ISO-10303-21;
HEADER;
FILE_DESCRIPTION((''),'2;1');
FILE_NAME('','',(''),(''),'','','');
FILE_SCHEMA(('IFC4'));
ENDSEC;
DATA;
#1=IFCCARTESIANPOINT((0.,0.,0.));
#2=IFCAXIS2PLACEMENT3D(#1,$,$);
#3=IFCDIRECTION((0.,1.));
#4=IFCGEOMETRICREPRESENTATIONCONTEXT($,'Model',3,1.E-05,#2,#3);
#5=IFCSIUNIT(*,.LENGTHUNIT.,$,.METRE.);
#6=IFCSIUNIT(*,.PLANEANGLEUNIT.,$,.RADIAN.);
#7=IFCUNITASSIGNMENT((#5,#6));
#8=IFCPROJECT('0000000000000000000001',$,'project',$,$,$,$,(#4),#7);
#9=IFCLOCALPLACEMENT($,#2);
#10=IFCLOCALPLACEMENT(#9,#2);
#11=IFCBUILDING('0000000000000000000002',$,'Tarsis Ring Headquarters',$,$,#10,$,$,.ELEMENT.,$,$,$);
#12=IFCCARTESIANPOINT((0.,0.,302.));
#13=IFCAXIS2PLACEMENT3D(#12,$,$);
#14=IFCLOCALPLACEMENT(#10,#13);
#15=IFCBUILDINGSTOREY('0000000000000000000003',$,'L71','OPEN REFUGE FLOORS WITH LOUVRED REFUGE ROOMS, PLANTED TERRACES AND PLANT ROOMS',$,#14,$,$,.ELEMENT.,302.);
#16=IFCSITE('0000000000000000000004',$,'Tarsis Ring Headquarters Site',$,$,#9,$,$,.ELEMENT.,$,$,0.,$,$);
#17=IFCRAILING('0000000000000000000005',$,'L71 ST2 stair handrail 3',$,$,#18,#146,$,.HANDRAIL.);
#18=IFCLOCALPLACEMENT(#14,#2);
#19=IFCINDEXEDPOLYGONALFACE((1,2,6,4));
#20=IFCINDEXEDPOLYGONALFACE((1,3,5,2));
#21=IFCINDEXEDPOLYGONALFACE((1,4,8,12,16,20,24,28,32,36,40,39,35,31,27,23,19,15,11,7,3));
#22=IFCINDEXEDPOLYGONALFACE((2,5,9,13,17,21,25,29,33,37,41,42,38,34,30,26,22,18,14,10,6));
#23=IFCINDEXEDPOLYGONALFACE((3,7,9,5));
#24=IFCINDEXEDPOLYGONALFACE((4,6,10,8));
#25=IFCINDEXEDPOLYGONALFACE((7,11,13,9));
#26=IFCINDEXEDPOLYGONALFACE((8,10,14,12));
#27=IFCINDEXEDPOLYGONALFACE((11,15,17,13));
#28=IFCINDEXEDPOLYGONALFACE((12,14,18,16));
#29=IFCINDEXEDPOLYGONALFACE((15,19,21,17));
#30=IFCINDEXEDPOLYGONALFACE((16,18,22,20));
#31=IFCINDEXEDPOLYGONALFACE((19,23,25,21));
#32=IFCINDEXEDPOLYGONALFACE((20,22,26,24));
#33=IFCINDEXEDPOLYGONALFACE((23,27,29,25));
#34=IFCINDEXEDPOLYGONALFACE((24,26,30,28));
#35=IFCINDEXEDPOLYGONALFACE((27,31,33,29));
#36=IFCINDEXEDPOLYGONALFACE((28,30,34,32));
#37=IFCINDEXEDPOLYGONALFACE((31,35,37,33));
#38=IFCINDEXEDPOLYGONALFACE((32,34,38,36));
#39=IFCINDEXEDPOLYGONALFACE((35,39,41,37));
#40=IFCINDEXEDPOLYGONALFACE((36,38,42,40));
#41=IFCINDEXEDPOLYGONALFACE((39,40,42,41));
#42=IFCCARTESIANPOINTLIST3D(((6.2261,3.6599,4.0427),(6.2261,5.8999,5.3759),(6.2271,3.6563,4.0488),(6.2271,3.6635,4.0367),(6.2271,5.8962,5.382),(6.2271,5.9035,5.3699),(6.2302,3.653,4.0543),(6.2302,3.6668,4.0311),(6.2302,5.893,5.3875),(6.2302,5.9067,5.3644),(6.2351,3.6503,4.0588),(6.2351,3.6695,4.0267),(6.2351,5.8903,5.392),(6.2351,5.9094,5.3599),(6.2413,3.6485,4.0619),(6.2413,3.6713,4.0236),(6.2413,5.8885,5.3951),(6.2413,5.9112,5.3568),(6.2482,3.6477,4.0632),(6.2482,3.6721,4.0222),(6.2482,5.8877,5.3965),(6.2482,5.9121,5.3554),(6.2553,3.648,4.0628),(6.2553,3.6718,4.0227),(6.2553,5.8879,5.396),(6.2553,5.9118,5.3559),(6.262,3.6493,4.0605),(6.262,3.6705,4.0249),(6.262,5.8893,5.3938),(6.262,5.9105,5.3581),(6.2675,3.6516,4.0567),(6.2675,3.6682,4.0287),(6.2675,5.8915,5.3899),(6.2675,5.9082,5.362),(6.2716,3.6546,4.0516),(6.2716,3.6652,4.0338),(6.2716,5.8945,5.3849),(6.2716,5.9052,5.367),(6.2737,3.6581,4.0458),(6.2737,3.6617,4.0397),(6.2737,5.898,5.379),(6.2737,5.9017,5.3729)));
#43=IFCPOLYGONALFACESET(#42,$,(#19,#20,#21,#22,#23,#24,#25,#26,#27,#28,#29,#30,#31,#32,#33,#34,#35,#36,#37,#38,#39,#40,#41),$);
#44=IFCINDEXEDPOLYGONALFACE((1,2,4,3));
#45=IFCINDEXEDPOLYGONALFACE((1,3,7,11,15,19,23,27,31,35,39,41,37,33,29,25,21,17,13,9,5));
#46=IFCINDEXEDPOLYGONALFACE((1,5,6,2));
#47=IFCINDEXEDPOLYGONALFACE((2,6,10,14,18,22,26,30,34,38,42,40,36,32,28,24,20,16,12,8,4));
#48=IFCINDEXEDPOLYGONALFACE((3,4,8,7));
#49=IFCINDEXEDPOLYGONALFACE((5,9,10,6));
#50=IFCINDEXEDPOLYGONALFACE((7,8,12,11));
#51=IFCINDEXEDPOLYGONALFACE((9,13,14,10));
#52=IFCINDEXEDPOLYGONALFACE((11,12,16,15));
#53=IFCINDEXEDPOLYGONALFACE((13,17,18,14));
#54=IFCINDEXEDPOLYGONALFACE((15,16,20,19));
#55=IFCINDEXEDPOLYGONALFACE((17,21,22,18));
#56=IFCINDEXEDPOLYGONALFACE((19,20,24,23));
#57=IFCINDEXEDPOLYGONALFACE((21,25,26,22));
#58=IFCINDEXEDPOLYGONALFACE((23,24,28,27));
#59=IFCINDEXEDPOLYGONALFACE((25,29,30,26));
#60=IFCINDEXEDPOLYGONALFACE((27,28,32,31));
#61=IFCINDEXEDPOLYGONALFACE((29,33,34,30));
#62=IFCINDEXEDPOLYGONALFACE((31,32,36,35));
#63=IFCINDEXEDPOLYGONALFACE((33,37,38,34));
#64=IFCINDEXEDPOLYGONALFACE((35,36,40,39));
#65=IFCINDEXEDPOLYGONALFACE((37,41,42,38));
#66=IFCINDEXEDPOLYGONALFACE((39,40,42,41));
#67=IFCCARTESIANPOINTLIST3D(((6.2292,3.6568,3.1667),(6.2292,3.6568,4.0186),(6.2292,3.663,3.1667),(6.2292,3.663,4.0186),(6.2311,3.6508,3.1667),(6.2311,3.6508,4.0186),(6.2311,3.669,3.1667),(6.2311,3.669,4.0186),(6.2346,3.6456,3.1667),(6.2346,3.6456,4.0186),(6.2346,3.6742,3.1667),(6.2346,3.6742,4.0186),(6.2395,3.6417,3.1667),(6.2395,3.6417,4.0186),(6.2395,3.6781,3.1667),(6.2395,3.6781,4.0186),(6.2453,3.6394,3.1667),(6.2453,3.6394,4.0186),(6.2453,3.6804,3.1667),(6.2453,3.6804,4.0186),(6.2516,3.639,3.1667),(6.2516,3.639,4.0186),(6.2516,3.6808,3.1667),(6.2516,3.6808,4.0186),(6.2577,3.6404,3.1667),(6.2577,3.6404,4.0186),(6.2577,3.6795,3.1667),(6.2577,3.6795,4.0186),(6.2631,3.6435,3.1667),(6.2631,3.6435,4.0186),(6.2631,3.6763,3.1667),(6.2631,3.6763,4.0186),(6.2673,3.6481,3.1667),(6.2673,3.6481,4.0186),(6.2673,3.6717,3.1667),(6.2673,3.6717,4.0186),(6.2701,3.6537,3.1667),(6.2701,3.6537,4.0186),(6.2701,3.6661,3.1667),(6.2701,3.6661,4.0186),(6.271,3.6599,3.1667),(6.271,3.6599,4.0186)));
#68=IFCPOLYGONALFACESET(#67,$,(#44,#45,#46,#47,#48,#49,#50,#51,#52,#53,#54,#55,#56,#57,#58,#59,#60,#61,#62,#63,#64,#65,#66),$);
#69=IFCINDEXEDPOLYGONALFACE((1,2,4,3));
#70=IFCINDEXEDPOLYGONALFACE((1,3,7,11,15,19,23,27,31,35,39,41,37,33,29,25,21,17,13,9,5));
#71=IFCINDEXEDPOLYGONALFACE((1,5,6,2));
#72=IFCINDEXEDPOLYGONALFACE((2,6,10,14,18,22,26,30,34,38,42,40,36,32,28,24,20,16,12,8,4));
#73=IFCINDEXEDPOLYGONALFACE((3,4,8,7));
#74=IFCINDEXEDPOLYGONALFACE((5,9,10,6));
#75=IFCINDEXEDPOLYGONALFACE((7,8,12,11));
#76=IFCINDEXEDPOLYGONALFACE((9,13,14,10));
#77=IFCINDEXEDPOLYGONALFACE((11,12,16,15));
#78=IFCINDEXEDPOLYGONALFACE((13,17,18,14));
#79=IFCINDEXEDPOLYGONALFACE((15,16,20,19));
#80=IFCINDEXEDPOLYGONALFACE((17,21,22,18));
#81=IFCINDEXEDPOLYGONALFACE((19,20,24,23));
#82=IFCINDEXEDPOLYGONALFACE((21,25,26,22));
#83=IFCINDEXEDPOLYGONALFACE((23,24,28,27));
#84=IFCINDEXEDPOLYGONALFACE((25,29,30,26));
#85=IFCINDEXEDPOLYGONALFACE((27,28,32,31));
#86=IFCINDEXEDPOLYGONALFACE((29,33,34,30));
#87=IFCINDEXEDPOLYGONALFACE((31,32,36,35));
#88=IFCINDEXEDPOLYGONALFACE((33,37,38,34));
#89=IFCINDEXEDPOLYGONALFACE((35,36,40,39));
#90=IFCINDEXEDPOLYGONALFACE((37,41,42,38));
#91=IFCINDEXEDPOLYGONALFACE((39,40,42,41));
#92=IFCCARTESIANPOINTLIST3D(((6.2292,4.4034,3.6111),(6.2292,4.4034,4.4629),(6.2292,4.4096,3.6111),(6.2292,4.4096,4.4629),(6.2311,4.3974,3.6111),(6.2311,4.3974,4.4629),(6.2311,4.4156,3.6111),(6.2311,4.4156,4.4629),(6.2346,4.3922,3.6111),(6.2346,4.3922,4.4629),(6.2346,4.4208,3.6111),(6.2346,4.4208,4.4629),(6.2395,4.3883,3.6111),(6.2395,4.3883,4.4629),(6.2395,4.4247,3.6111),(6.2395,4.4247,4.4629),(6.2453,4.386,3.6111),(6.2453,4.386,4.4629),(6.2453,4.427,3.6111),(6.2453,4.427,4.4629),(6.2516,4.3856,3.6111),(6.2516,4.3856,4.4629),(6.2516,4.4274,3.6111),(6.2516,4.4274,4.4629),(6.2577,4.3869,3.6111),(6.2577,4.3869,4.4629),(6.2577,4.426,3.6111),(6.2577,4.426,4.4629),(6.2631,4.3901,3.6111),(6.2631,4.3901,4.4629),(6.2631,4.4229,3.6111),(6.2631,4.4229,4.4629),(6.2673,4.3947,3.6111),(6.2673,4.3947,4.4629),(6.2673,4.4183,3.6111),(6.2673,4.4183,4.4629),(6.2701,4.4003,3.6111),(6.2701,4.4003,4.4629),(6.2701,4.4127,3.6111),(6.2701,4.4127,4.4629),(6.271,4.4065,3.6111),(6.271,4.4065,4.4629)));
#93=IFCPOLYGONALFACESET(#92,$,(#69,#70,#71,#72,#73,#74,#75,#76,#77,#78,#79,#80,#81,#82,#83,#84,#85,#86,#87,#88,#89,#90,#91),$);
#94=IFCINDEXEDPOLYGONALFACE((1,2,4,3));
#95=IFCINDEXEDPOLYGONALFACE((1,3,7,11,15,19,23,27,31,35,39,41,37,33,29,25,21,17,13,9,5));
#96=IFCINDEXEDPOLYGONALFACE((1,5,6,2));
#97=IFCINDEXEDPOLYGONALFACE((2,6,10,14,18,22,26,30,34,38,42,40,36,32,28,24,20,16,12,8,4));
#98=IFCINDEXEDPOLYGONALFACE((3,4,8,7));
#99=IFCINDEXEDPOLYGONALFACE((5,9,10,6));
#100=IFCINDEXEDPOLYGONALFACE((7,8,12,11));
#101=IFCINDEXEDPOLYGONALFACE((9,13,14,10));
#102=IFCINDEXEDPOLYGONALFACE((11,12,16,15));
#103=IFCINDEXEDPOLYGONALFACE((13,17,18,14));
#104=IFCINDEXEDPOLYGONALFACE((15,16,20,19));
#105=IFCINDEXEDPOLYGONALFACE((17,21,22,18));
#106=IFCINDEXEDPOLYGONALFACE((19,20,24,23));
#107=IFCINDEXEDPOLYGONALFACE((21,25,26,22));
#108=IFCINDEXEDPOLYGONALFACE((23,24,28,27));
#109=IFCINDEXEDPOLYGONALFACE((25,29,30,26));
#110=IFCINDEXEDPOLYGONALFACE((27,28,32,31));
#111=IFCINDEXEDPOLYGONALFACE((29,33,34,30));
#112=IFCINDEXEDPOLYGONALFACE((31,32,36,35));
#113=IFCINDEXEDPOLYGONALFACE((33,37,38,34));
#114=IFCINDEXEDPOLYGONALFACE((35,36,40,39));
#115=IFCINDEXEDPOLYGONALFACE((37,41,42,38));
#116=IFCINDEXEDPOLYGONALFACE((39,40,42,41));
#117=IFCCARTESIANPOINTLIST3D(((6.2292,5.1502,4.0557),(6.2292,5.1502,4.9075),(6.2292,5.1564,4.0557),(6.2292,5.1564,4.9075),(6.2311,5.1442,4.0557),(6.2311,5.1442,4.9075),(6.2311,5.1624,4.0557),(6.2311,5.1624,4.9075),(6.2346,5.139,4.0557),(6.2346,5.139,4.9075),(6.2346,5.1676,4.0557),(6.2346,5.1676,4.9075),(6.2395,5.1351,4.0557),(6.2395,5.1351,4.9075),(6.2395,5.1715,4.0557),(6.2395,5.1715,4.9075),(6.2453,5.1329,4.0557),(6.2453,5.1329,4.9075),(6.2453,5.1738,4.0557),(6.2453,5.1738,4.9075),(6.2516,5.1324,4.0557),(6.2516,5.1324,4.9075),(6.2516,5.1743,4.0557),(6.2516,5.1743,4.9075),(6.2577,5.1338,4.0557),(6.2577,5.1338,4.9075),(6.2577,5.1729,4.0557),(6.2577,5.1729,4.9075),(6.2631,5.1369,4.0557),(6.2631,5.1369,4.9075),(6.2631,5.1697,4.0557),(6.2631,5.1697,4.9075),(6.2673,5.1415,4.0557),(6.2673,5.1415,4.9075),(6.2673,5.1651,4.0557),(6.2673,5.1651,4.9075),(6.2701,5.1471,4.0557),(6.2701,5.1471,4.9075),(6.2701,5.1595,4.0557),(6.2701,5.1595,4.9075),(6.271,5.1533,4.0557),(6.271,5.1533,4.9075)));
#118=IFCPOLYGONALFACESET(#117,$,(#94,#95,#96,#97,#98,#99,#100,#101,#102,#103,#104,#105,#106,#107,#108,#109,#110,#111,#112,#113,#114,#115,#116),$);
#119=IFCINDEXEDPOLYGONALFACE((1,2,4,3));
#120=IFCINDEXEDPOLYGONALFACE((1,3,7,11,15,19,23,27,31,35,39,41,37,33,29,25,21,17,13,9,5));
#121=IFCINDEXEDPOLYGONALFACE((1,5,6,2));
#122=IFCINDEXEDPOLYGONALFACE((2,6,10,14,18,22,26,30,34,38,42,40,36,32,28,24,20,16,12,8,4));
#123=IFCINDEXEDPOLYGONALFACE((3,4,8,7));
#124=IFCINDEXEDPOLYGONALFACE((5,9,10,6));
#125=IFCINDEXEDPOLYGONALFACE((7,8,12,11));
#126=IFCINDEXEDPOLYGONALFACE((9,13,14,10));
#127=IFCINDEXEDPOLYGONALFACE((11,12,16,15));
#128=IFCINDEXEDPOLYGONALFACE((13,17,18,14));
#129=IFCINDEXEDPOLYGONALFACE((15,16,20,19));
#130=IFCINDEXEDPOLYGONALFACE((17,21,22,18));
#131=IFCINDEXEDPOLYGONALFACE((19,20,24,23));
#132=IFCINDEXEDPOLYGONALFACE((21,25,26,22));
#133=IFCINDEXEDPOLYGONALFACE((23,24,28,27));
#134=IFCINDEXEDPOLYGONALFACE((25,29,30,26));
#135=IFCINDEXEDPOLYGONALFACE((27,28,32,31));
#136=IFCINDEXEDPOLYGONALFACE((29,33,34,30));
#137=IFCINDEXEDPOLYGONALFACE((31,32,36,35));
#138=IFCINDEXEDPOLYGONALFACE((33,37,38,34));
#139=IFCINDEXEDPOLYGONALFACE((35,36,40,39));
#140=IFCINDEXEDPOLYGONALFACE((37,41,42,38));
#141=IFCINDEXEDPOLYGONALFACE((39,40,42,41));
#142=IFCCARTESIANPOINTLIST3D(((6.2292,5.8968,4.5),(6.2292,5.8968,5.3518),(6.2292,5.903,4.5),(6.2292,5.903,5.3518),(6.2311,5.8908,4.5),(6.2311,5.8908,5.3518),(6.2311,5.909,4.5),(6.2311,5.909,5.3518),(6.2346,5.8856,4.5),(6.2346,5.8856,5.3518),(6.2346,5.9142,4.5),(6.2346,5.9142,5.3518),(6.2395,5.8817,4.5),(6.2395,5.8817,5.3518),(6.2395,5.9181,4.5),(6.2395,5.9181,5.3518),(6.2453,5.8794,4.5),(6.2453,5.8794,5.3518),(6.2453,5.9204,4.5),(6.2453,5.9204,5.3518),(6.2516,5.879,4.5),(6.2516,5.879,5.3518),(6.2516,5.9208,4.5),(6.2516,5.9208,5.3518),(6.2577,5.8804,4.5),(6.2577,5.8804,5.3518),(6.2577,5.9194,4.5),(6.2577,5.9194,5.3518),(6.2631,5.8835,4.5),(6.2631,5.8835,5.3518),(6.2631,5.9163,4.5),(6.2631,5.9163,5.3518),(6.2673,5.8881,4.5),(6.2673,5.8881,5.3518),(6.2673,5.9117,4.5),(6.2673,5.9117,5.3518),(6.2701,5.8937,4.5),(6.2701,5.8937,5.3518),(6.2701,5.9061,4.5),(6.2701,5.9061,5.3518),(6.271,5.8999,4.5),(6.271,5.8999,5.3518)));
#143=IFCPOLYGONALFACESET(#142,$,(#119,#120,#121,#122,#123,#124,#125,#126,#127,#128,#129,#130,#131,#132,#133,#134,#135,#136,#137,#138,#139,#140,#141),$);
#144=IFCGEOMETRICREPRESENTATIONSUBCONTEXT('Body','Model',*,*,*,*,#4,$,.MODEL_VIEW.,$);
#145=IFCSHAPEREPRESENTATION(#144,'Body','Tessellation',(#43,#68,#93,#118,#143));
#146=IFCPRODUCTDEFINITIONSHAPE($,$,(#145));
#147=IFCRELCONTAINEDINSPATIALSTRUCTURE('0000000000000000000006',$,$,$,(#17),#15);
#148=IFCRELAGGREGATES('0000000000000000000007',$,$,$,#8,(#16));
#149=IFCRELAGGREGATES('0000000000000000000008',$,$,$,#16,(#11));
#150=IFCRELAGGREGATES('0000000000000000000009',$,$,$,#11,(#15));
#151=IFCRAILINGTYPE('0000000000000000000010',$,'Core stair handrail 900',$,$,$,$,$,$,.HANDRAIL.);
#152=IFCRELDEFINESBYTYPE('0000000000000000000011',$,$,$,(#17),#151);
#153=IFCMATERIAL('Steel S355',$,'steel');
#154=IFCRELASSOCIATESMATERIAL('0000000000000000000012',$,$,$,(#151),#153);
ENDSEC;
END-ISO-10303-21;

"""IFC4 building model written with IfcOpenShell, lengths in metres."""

from ifc_helpers import new_model, si_unit, direction, frame, origin, origin_2d, place, context, subcontext, project, spatial, circle, extrude, material, type_object, element, save


model = new_model("IFC4")

# Units and contexts
model_context = context("Model", 3, precision=1e-05, world=origin(), true_north=direction((0.0, 1.0)))
body_context = subcontext(model_context, "Body", "Model", "MODEL_VIEW")
ifc_project = project(units=[si_unit("LENGTHUNIT", "METRE"), si_unit("PLANEANGLEUNIT", "RADIAN")], contexts=[model_context])

# Site, building, storey
site_placement = place(None, origin())
site = spatial("IfcSite", under=ifc_project, at=site_placement, Name="Tarsis Ring Headquarters Site", CompositionType="ELEMENT", RefElevation=0.0)
building_placement = place(site_placement, origin())
building = spatial("IfcBuilding", under=site, at=building_placement, Name="Tarsis Ring Headquarters", CompositionType="ELEMENT")
storey_placement = place(building_placement, frame((0.0, 0.0, 302.0)))
storey = spatial("IfcBuildingStorey", under=building, at=storey_placement, Name="L71", Description="OPEN REFUGE FLOORS WITH LOUVRED REFUGE ROOMS, PLANTED TERRACES AND PLANT ROOMS", CompositionType="ELEMENT", Elevation=302.0)

# Railing
ifc_material_1 = material(Name="Steel S355", Category="steel")
railing_type_1 = type_object("IfcRailingType", Name="Core stair handrail 900", PredefinedType="HANDRAIL", material=ifc_material_1)
railing_1_placement = place(storey_placement, frame((6.25, 3.6599, 3.1667)))
element("IfcRailing", 1, at=railing_1_placement, inside=storey, type_object=railing_type_1, Name="L71 ST2 stair handrail 3", PredefinedType="HANDRAIL", context=body_context, shape_type="SweptSolid", body=[
    extrude(circle(Radius=0.0239, at=origin_2d()), frame((0.0, 0.0, 0.876), z_axis=(0.0, 0.859306, 0.511462), x_axis=(-1.0, 0.0, 0.0)), (0.0, 0.0, 1.0), 2.6067),
    extrude(circle(Radius=0.021, at=origin_2d()), origin(), (0.0, 0.0, 1.0), 0.8518),
    extrude(circle(Radius=0.021, at=origin_2d()), frame((0.0, 0.7466, 0.4443)), (0.0, 0.0, 1.0), 0.8518),
    extrude(circle(Radius=0.021, at=origin_2d()), frame((0.0, 1.4934, 0.8889)), (0.0, 0.0, 1.0), 0.8518),
    extrude(circle(Radius=0.021, at=origin_2d()), frame((0.0, 2.24, 1.3333)), (0.0, 0.0, 1.0), 0.8518),
])

save(model, "model.ifc")
